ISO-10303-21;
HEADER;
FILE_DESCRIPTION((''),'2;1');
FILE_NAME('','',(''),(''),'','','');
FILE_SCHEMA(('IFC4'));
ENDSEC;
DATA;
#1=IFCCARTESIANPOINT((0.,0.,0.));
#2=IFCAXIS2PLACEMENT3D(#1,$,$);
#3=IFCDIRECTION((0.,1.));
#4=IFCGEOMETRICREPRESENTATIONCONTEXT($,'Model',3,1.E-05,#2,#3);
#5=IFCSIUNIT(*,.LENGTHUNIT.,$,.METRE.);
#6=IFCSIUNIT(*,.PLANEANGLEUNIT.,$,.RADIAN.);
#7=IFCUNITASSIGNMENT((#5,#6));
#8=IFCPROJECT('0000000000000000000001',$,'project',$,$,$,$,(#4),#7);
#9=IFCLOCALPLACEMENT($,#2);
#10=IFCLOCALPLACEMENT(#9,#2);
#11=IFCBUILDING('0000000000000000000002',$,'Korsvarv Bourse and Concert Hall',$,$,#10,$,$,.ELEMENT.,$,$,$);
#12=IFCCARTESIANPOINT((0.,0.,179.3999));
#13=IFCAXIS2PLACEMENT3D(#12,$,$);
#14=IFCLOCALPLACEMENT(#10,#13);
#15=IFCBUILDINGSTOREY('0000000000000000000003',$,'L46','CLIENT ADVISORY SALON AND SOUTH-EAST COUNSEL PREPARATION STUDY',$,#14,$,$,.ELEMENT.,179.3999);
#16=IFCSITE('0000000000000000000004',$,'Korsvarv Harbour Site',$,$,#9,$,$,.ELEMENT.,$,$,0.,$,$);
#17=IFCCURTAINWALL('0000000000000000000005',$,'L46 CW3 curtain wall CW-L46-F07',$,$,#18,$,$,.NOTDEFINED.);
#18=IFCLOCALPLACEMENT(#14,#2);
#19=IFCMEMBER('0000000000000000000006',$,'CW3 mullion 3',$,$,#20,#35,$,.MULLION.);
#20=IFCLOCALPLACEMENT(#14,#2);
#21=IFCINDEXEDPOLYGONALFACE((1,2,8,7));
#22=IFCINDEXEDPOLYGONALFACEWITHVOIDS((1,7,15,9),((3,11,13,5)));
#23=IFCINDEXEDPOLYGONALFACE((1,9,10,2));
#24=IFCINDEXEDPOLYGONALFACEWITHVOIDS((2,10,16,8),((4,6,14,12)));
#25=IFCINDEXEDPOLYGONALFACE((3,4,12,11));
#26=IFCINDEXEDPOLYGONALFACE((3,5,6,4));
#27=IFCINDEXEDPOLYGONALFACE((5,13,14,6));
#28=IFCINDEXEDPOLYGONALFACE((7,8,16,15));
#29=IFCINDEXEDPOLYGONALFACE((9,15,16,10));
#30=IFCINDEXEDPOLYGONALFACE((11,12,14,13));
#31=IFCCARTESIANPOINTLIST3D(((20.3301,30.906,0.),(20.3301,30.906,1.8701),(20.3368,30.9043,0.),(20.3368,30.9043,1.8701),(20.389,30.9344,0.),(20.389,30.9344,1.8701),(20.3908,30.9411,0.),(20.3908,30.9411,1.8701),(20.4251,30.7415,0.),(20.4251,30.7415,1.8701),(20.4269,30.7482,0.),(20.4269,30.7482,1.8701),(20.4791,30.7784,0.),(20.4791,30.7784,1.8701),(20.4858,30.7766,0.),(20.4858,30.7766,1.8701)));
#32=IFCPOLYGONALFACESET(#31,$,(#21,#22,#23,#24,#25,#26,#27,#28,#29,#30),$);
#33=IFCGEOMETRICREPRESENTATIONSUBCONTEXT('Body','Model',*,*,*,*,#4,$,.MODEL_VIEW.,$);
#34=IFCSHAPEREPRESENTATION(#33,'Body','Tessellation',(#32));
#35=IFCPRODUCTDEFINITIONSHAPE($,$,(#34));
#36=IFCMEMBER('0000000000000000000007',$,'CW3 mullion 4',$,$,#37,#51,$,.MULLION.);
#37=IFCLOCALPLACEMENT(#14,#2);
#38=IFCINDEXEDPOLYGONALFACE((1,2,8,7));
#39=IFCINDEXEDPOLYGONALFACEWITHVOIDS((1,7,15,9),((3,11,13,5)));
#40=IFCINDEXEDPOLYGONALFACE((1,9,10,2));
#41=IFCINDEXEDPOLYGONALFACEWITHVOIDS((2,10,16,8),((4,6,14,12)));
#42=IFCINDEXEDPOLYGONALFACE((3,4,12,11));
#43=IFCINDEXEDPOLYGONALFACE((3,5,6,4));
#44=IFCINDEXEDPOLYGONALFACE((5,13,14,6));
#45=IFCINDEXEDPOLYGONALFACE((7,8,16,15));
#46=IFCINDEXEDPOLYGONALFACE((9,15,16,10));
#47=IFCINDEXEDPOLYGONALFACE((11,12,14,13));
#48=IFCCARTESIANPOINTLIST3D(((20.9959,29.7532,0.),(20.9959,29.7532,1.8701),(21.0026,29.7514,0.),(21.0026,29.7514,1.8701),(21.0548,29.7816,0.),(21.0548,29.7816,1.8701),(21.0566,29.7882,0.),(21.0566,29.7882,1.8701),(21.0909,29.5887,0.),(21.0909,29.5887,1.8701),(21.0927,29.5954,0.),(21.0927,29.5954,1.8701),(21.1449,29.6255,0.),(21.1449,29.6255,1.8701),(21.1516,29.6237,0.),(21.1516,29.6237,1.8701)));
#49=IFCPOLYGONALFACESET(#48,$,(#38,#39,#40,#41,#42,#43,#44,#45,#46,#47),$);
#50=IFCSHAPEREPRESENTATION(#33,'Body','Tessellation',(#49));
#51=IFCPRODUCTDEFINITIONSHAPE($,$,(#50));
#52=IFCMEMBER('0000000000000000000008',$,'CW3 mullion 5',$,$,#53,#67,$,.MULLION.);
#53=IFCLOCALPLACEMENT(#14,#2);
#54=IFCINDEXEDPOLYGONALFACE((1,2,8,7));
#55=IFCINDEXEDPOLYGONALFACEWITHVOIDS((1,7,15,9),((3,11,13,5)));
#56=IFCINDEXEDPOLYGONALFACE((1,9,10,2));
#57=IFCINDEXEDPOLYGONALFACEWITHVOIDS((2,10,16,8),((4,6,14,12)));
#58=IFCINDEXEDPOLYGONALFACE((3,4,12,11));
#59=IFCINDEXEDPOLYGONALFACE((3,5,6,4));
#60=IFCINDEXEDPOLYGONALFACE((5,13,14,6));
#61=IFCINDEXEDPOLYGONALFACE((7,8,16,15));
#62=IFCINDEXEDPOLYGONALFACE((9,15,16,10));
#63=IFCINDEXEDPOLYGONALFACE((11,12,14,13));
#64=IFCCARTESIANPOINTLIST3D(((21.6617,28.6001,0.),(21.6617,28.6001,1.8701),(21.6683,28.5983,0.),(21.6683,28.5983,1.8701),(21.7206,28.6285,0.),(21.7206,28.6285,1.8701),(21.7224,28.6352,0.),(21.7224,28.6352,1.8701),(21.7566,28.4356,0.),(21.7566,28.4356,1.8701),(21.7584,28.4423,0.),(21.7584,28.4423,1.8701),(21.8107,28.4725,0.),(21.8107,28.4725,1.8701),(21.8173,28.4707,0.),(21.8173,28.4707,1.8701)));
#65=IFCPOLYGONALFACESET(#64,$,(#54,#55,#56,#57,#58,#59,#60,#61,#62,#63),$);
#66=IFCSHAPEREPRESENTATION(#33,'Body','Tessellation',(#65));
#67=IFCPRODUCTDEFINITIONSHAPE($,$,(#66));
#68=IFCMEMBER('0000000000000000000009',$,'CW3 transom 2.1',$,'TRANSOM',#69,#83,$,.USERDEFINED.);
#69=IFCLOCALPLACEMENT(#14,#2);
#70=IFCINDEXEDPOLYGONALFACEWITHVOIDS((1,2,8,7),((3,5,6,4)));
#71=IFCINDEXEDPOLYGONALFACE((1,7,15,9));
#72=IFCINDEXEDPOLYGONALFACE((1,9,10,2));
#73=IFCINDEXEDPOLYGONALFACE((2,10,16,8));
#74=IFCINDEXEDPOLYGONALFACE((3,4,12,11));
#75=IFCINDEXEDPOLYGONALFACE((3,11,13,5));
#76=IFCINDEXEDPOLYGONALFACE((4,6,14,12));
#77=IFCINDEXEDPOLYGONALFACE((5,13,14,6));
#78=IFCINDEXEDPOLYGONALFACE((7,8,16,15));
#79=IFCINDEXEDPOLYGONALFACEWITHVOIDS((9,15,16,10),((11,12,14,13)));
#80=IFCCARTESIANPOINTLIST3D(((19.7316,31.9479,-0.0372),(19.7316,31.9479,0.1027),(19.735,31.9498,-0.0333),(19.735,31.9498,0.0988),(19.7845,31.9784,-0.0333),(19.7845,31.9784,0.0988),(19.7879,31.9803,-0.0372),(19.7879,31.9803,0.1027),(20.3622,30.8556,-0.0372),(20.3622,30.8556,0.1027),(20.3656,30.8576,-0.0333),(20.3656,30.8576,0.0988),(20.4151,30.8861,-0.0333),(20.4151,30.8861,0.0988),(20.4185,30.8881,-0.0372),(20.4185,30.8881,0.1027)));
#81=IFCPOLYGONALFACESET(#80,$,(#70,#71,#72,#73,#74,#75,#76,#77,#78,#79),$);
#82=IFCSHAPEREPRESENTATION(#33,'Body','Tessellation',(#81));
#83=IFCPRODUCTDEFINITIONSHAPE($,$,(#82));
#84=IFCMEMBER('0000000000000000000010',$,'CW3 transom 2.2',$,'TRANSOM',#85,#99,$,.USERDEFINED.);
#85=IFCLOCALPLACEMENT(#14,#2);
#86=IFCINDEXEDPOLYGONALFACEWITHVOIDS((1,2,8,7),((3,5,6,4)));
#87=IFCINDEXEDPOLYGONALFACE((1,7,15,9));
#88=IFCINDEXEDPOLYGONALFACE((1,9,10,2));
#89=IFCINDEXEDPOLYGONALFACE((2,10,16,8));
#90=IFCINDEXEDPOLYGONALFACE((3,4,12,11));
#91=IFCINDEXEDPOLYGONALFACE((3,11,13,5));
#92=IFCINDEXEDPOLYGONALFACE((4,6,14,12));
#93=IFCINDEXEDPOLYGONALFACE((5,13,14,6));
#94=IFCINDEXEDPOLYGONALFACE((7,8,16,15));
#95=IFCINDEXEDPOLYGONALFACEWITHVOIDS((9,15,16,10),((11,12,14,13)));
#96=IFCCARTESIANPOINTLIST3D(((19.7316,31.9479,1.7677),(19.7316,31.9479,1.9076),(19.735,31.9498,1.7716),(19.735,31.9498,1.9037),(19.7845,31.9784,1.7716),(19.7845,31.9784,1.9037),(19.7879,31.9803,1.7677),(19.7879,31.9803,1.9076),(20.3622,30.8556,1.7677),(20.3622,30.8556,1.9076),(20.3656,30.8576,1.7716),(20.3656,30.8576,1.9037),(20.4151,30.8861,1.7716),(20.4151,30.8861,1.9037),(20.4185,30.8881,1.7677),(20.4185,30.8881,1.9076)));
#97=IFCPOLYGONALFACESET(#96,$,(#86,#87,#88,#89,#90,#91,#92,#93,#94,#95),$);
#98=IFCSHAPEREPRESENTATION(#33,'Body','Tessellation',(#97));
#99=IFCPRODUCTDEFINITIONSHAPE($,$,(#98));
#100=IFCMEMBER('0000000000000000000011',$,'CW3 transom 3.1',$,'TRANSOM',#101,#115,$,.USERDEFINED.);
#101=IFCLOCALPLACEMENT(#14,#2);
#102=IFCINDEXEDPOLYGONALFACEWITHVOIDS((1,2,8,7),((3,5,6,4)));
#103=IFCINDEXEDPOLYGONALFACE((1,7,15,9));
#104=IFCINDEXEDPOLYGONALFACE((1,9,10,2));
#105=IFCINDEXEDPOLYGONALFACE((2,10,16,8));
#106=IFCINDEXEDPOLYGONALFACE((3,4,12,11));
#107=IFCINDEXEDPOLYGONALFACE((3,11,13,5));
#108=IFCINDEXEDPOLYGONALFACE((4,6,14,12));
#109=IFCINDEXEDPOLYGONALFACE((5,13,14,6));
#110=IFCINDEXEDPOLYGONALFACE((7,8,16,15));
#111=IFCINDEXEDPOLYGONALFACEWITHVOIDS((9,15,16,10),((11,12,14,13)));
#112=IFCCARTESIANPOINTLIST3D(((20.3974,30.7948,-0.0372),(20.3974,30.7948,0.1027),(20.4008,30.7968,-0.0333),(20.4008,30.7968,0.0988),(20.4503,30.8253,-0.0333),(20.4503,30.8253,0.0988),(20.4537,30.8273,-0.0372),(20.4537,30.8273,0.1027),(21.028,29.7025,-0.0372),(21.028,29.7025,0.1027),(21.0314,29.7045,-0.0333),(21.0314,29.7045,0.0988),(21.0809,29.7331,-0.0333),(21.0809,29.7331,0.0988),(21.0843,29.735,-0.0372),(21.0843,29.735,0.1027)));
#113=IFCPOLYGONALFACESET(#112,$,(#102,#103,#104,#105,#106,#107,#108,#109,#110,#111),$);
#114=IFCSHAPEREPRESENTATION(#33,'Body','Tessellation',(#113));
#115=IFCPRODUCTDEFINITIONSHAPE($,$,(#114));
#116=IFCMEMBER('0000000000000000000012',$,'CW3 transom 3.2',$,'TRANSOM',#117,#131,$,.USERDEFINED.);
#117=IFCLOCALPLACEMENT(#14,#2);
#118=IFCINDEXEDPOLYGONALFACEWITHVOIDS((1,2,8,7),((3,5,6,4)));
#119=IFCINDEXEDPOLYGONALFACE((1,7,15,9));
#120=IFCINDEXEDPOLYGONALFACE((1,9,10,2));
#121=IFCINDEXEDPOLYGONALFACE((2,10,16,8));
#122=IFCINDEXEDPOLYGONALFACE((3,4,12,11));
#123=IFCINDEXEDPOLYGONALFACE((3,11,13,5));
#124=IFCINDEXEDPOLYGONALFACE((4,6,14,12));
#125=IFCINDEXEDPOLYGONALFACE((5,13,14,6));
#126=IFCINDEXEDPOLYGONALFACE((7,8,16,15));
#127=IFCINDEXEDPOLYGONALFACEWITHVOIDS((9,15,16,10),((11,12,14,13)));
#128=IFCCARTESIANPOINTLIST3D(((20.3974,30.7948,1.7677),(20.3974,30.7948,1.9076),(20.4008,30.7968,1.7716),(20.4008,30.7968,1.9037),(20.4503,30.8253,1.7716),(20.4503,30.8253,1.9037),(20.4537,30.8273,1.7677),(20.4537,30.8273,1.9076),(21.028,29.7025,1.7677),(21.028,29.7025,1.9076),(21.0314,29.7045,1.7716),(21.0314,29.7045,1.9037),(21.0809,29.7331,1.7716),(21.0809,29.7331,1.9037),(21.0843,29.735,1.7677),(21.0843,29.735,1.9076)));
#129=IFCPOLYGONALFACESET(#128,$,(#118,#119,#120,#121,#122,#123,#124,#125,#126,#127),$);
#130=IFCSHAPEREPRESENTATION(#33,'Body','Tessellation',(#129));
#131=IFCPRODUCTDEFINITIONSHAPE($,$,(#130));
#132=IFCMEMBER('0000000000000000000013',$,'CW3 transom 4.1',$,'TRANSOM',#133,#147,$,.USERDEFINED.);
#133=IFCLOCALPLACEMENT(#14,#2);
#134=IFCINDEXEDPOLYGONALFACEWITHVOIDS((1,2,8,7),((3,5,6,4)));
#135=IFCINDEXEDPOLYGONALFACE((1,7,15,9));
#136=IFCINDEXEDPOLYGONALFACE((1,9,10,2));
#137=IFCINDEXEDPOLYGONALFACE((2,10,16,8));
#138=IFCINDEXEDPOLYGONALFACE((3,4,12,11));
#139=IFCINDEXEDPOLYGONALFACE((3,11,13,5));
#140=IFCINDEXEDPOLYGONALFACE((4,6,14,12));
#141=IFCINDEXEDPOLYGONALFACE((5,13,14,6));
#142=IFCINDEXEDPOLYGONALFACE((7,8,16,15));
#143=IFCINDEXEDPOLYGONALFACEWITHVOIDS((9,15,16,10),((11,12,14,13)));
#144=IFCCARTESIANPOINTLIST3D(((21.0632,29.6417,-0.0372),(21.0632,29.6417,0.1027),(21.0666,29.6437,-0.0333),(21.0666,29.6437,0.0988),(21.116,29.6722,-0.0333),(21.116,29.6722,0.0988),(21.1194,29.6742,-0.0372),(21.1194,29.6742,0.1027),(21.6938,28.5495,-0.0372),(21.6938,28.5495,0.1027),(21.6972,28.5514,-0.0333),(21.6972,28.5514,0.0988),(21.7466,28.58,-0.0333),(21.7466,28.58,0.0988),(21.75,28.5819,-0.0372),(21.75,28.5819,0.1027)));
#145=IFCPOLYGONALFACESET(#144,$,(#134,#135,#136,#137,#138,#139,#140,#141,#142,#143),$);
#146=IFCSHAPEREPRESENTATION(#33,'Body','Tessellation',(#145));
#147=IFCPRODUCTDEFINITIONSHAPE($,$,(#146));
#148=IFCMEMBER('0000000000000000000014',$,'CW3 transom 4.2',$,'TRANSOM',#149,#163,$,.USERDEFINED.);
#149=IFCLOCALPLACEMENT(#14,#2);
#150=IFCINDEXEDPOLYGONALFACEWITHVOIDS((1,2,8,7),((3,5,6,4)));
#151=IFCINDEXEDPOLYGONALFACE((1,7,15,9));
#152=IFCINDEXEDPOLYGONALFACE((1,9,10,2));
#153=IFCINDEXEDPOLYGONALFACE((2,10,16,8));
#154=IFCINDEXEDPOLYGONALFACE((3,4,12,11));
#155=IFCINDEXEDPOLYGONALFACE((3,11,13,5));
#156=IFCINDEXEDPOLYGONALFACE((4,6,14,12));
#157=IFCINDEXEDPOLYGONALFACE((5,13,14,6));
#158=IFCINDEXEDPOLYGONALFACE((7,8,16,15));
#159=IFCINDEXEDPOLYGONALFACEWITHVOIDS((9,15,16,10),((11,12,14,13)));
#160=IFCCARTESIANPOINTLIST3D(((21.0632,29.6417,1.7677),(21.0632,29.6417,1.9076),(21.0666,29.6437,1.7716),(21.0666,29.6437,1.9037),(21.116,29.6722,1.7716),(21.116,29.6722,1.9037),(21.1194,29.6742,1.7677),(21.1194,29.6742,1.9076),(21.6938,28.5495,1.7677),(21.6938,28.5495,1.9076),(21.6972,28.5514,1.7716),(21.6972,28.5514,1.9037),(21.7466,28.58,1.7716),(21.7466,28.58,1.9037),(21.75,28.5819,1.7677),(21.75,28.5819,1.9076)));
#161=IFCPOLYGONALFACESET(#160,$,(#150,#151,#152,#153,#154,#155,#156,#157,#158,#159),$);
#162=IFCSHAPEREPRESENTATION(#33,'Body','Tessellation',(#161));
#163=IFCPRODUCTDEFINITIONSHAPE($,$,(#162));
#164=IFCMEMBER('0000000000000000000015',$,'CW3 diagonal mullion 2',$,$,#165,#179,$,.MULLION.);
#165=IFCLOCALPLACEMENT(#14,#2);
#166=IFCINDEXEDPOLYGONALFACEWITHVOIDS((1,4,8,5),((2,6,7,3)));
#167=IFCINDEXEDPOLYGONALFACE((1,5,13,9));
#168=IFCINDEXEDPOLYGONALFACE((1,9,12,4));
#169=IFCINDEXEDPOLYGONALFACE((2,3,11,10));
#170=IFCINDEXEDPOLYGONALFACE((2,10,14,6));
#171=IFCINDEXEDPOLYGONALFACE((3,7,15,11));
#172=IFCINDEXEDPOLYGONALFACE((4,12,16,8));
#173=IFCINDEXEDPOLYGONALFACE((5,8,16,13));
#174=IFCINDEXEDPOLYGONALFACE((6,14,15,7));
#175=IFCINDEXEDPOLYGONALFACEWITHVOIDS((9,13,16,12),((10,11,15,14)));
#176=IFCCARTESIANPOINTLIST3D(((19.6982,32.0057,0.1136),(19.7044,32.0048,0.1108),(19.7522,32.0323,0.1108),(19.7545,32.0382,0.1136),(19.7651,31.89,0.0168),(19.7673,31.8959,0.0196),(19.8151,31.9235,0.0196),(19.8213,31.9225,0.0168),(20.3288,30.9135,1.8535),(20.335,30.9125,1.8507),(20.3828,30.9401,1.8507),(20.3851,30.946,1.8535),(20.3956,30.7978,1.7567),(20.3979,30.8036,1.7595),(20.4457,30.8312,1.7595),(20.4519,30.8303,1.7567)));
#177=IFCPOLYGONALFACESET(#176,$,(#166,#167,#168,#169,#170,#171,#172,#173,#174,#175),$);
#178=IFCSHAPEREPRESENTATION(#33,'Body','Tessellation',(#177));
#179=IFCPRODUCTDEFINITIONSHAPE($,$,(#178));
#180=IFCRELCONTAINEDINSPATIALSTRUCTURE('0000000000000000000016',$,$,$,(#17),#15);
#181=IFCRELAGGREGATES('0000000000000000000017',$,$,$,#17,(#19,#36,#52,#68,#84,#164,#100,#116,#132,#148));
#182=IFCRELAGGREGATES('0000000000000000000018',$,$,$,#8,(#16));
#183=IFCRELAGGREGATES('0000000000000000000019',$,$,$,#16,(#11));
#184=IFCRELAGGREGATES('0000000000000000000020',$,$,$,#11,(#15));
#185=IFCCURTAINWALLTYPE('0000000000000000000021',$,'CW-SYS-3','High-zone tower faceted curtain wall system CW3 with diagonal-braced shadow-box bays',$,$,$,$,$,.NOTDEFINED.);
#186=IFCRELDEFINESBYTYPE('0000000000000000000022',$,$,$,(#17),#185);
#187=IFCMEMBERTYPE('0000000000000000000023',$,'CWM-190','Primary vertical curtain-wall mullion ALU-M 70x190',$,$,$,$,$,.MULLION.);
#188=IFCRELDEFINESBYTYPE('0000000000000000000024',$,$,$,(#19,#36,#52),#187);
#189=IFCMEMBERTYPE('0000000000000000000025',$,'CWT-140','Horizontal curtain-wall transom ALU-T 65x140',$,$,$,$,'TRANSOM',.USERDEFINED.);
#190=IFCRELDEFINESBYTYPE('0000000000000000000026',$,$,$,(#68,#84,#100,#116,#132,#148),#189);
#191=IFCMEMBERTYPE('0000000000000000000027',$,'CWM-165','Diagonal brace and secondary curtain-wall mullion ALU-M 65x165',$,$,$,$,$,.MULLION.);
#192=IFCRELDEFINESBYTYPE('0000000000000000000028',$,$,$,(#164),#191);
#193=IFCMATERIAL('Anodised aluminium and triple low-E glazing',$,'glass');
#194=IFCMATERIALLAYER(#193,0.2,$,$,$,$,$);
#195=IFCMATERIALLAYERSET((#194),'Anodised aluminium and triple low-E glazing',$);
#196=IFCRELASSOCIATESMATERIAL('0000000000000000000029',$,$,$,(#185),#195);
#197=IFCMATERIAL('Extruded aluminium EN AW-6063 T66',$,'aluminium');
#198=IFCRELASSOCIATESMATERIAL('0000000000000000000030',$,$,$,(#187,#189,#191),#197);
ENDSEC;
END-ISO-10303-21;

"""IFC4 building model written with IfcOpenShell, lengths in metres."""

from ifc_helpers import new_model, si_unit, direction, frame, origin, origin_2d, place, context, subcontext, project, spatial, hollow_rectangle, extrude, source, transform, mapped, material, layer, layer_set, material_profile, profile_set, type_object, element, aggregate, save


model = new_model("IFC4")

# Units and contexts
model_context = context("Model", 3, precision=1e-05, world=origin(), true_north=direction((0.0, 1.0)))
body_context = subcontext(model_context, "Body", "Model", "MODEL_VIEW")
ifc_project = project(units=[si_unit("LENGTHUNIT", "METRE"), si_unit("PLANEANGLEUNIT", "RADIAN")], contexts=[model_context])

# Site, building, storey
site_placement = place(None, origin())
site = spatial("IfcSite", under=ifc_project, at=site_placement, Name="Korsvarv Harbour Site", CompositionType="ELEMENT", RefElevation=0.0)
building_placement = place(site_placement, origin())
building = spatial("IfcBuilding", under=site, at=building_placement, Name="Korsvarv Bourse and Concert Hall", CompositionType="ELEMENT")
storey_placement = place(building_placement, frame((0.0, 0.0, 179.3999)))
storey = spatial("IfcBuildingStorey", under=building, at=storey_placement, Name="L46", Description="CLIENT ADVISORY SALON AND SOUTH-EAST COUNSEL PREPARATION STUDY", CompositionType="ELEMENT", Elevation=179.3999)

# Curtain wall, members
ifc_material_1 = material(Name="Anodised aluminium and triple low-E glazing", Category="glass")
ifc_layer_1 = layer(ifc_material_1, 0.2)
ifc_layer_set_1 = layer_set([ifc_layer_1], Name="Anodised aluminium and triple low-E glazing")
curtain_wall_type = type_object("IfcCurtainWallType", Name="CW-SYS-3", Description="High-zone tower faceted curtain wall system CW3 with diagonal-braced shadow-box bays", PredefinedType="NOTDEFINED", material=ifc_layer_set_1)
curtain_wall_placement = place(storey_placement, origin())
curtain_wall = element("IfcCurtainWall", 1, at=curtain_wall_placement, inside=storey, type_object=curtain_wall_type, Name="L46 CW3 curtain wall CW-L46-F07", PredefinedType="NOTDEFINED")
ifc_material_2 = material(Name="Extruded aluminium EN AW-6063 T66", Category="aluminium")
ifc_material_profile_1 = material_profile(ifc_material_2, hollow_rectangle(XDim=0.0701, YDim=0.1899, WallThickness=0.0049, at=origin_2d()), Name="ALU-M 70x190")
ifc_profile_set_1 = profile_set([ifc_material_profile_1], Name="Extruded aluminium EN AW-6063 T66")
member_type_1 = type_object("IfcMemberType", Name="CWM-190", Description="Primary vertical curtain-wall mullion ALU-M 70x190", PredefinedType="MULLION", material=ifc_profile_set_1)
shared_shape_1 = source(origin(), body_context, "Body", "SweptSolid", [
    extrude(hollow_rectangle(XDim=0.0701, YDim=0.1899, WallThickness=0.0049, at=origin_2d()), origin(), (0.0, 0.0, 1.0), 1.8701),
])
member_1_placement = place(storey_placement, frame((20.408, 30.8413, 0.0), z_axis=(0.0, 0.0, 1.0), x_axis=(0.866029, 0.499994, 0.0)))
member_1 = element("IfcMember", 2, at=member_1_placement, type_object=member_type_1, Name="CW3 mullion 3", PredefinedType="MULLION", context=body_context, shape_type="MappedRepresentation", body=[
    mapped(shared_shape_1, transform((0.0, 0.0, 0.0), scale=1.0)),
])
member_2_placement = place(storey_placement, frame((21.0737, 29.6885, 0.0), z_axis=(0.0, 0.0, 1.0), x_axis=(0.866029, 0.499994, 0.0)))
member_2 = element("IfcMember", 3, at=member_2_placement, type_object=member_type_1, Name="CW3 mullion 4", PredefinedType="MULLION", context=body_context, shape_type="MappedRepresentation", body=[
    mapped(shared_shape_1, transform((0.0, 0.0, 0.0), scale=1.0)),
])
member_3_placement = place(storey_placement, frame((21.7395, 28.5354, 0.0), z_axis=(0.0, 0.0, 1.0), x_axis=(0.866029, 0.499994, 0.0)))
member_3 = element("IfcMember", 4, at=member_3_placement, type_object=member_type_1, Name="CW3 mullion 5", PredefinedType="MULLION", context=body_context, shape_type="MappedRepresentation", body=[
    mapped(shared_shape_1, transform((0.0, 0.0, 0.0), scale=1.0)),
])
ifc_material_profile_2 = material_profile(ifc_material_2, hollow_rectangle(XDim=0.0649, YDim=0.1399, WallThickness=0.0039, at=origin_2d()), Name="ALU-T 65x140")
ifc_profile_set_2 = profile_set([ifc_material_profile_2], Name="Extruded aluminium EN AW-6063 T66")
member_type_2 = type_object("IfcMemberType", Name="CWT-140", Description="Horizontal curtain-wall transom ALU-T 65x140", ElementType="TRANSOM", PredefinedType="USERDEFINED", material=ifc_profile_set_2)
shared_shape_2 = source(origin(), body_context, "Body", "SweptSolid", [
    extrude(hollow_rectangle(XDim=0.0649, YDim=0.1399, WallThickness=0.0039, at=origin_2d()), origin(), (0.0, 0.0, 1.0), 1.2612),
])
member_4_placement = place(storey_placement, frame((19.7598, 31.9641, 0.0327), z_axis=(0.499991, -0.866031, 0.0), x_axis=(0.866031, 0.499991, 0.0)))
member_4 = element("IfcMember", 5, at=member_4_placement, type_object=member_type_2, Name="CW3 transom 2.1", ObjectType="TRANSOM", PredefinedType="USERDEFINED", context=body_context, shape_type="MappedRepresentation", body=[
    mapped(shared_shape_2, transform((0.0, 0.0, 0.0), scale=1.0)),
])
member_5_placement = place(storey_placement, frame((19.7598, 31.9641, 1.8376), z_axis=(0.499991, -0.866031, 0.0), x_axis=(0.866031, 0.499991, 0.0)))
member_5 = element("IfcMember", 6, at=member_5_placement, type_object=member_type_2, Name="CW3 transom 2.2", ObjectType="TRANSOM", PredefinedType="USERDEFINED", context=body_context, shape_type="MappedRepresentation", body=[
    mapped(shared_shape_2, transform((0.0, 0.0, 0.0), scale=1.0)),
])
member_6_placement = place(storey_placement, frame((20.4255, 30.811, 0.0327), z_axis=(0.499991, -0.866031, 0.0), x_axis=(0.866031, 0.499991, 0.0)))
member_6 = element("IfcMember", 7, at=member_6_placement, type_object=member_type_2, Name="CW3 transom 3.1", ObjectType="TRANSOM", PredefinedType="USERDEFINED", context=body_context, shape_type="MappedRepresentation", body=[
    mapped(shared_shape_2, transform((0.0, 0.0, 0.0), scale=1.0)),
])
member_7_placement = place(storey_placement, frame((20.4255, 30.811, 1.8376), z_axis=(0.499991, -0.866031, 0.0), x_axis=(0.866031, 0.499991, 0.0)))
member_7 = element("IfcMember", 8, at=member_7_placement, type_object=member_type_2, Name="CW3 transom 3.2", ObjectType="TRANSOM", PredefinedType="USERDEFINED", context=body_context, shape_type="MappedRepresentation", body=[
    mapped(shared_shape_2, transform((0.0, 0.0, 0.0), scale=1.0)),
])
member_8_placement = place(storey_placement, frame((21.0913, 29.658, 0.0327), z_axis=(0.499991, -0.866031, 0.0), x_axis=(0.866031, 0.499991, 0.0)))
member_8 = element("IfcMember", 9, at=member_8_placement, type_object=member_type_2, Name="CW3 transom 4.1", ObjectType="TRANSOM", PredefinedType="USERDEFINED", context=body_context, shape_type="MappedRepresentation", body=[
    mapped(shared_shape_2, transform((0.0, 0.0, 0.0), scale=1.0)),
])
member_9_placement = place(storey_placement, frame((21.0913, 29.658, 1.8376), z_axis=(0.499991, -0.866031, 0.0), x_axis=(0.866031, 0.499991, 0.0)))
member_9 = element("IfcMember", 10, at=member_9_placement, type_object=member_type_2, Name="CW3 transom 4.2", ObjectType="TRANSOM", PredefinedType="USERDEFINED", context=body_context, shape_type="MappedRepresentation", body=[
    mapped(shared_shape_2, transform((0.0, 0.0, 0.0), scale=1.0)),
])
ifc_material_profile_3 = material_profile(ifc_material_2, hollow_rectangle(XDim=0.0649, YDim=0.165, WallThickness=0.0049, at=origin_2d()), Name="ALU-M 65x165")
ifc_profile_set_3 = profile_set([ifc_material_profile_3], Name="Extruded aluminium EN AW-6063 T66")
member_type_3 = type_object("IfcMemberType", Name="CWM-165", Description="Diagonal brace and secondary curtain-wall mullion ALU-M 65x165", PredefinedType="MULLION", material=ifc_profile_set_3)
shared_shape_3 = source(origin(), body_context, "Body", "SweptSolid", [
    extrude(hollow_rectangle(XDim=0.0649, YDim=0.165, WallThickness=0.0049, at=origin_2d()), origin(), (0.0, 0.0, 1.0), 2.1489),
])
member_10_placement = place(storey_placement, frame((19.7598, 31.9641, 0.0652), z_axis=(0.293442, -0.508269, 0.809663), x_axis=(0.866031, 0.499991, 0.0)))
member_10 = element("IfcMember", 11, at=member_10_placement, type_object=member_type_3, Name="CW3 diagonal mullion 2", PredefinedType="MULLION", context=body_context, shape_type="MappedRepresentation", body=[
    mapped(shared_shape_3, transform((0.0, 0.0, 0.0), scale=1.0)),
])

aggregate(curtain_wall, [member_1, member_2, member_3, member_4, member_5, member_10, member_6, member_7, member_8, member_9])

save(model, "model.ifc")
